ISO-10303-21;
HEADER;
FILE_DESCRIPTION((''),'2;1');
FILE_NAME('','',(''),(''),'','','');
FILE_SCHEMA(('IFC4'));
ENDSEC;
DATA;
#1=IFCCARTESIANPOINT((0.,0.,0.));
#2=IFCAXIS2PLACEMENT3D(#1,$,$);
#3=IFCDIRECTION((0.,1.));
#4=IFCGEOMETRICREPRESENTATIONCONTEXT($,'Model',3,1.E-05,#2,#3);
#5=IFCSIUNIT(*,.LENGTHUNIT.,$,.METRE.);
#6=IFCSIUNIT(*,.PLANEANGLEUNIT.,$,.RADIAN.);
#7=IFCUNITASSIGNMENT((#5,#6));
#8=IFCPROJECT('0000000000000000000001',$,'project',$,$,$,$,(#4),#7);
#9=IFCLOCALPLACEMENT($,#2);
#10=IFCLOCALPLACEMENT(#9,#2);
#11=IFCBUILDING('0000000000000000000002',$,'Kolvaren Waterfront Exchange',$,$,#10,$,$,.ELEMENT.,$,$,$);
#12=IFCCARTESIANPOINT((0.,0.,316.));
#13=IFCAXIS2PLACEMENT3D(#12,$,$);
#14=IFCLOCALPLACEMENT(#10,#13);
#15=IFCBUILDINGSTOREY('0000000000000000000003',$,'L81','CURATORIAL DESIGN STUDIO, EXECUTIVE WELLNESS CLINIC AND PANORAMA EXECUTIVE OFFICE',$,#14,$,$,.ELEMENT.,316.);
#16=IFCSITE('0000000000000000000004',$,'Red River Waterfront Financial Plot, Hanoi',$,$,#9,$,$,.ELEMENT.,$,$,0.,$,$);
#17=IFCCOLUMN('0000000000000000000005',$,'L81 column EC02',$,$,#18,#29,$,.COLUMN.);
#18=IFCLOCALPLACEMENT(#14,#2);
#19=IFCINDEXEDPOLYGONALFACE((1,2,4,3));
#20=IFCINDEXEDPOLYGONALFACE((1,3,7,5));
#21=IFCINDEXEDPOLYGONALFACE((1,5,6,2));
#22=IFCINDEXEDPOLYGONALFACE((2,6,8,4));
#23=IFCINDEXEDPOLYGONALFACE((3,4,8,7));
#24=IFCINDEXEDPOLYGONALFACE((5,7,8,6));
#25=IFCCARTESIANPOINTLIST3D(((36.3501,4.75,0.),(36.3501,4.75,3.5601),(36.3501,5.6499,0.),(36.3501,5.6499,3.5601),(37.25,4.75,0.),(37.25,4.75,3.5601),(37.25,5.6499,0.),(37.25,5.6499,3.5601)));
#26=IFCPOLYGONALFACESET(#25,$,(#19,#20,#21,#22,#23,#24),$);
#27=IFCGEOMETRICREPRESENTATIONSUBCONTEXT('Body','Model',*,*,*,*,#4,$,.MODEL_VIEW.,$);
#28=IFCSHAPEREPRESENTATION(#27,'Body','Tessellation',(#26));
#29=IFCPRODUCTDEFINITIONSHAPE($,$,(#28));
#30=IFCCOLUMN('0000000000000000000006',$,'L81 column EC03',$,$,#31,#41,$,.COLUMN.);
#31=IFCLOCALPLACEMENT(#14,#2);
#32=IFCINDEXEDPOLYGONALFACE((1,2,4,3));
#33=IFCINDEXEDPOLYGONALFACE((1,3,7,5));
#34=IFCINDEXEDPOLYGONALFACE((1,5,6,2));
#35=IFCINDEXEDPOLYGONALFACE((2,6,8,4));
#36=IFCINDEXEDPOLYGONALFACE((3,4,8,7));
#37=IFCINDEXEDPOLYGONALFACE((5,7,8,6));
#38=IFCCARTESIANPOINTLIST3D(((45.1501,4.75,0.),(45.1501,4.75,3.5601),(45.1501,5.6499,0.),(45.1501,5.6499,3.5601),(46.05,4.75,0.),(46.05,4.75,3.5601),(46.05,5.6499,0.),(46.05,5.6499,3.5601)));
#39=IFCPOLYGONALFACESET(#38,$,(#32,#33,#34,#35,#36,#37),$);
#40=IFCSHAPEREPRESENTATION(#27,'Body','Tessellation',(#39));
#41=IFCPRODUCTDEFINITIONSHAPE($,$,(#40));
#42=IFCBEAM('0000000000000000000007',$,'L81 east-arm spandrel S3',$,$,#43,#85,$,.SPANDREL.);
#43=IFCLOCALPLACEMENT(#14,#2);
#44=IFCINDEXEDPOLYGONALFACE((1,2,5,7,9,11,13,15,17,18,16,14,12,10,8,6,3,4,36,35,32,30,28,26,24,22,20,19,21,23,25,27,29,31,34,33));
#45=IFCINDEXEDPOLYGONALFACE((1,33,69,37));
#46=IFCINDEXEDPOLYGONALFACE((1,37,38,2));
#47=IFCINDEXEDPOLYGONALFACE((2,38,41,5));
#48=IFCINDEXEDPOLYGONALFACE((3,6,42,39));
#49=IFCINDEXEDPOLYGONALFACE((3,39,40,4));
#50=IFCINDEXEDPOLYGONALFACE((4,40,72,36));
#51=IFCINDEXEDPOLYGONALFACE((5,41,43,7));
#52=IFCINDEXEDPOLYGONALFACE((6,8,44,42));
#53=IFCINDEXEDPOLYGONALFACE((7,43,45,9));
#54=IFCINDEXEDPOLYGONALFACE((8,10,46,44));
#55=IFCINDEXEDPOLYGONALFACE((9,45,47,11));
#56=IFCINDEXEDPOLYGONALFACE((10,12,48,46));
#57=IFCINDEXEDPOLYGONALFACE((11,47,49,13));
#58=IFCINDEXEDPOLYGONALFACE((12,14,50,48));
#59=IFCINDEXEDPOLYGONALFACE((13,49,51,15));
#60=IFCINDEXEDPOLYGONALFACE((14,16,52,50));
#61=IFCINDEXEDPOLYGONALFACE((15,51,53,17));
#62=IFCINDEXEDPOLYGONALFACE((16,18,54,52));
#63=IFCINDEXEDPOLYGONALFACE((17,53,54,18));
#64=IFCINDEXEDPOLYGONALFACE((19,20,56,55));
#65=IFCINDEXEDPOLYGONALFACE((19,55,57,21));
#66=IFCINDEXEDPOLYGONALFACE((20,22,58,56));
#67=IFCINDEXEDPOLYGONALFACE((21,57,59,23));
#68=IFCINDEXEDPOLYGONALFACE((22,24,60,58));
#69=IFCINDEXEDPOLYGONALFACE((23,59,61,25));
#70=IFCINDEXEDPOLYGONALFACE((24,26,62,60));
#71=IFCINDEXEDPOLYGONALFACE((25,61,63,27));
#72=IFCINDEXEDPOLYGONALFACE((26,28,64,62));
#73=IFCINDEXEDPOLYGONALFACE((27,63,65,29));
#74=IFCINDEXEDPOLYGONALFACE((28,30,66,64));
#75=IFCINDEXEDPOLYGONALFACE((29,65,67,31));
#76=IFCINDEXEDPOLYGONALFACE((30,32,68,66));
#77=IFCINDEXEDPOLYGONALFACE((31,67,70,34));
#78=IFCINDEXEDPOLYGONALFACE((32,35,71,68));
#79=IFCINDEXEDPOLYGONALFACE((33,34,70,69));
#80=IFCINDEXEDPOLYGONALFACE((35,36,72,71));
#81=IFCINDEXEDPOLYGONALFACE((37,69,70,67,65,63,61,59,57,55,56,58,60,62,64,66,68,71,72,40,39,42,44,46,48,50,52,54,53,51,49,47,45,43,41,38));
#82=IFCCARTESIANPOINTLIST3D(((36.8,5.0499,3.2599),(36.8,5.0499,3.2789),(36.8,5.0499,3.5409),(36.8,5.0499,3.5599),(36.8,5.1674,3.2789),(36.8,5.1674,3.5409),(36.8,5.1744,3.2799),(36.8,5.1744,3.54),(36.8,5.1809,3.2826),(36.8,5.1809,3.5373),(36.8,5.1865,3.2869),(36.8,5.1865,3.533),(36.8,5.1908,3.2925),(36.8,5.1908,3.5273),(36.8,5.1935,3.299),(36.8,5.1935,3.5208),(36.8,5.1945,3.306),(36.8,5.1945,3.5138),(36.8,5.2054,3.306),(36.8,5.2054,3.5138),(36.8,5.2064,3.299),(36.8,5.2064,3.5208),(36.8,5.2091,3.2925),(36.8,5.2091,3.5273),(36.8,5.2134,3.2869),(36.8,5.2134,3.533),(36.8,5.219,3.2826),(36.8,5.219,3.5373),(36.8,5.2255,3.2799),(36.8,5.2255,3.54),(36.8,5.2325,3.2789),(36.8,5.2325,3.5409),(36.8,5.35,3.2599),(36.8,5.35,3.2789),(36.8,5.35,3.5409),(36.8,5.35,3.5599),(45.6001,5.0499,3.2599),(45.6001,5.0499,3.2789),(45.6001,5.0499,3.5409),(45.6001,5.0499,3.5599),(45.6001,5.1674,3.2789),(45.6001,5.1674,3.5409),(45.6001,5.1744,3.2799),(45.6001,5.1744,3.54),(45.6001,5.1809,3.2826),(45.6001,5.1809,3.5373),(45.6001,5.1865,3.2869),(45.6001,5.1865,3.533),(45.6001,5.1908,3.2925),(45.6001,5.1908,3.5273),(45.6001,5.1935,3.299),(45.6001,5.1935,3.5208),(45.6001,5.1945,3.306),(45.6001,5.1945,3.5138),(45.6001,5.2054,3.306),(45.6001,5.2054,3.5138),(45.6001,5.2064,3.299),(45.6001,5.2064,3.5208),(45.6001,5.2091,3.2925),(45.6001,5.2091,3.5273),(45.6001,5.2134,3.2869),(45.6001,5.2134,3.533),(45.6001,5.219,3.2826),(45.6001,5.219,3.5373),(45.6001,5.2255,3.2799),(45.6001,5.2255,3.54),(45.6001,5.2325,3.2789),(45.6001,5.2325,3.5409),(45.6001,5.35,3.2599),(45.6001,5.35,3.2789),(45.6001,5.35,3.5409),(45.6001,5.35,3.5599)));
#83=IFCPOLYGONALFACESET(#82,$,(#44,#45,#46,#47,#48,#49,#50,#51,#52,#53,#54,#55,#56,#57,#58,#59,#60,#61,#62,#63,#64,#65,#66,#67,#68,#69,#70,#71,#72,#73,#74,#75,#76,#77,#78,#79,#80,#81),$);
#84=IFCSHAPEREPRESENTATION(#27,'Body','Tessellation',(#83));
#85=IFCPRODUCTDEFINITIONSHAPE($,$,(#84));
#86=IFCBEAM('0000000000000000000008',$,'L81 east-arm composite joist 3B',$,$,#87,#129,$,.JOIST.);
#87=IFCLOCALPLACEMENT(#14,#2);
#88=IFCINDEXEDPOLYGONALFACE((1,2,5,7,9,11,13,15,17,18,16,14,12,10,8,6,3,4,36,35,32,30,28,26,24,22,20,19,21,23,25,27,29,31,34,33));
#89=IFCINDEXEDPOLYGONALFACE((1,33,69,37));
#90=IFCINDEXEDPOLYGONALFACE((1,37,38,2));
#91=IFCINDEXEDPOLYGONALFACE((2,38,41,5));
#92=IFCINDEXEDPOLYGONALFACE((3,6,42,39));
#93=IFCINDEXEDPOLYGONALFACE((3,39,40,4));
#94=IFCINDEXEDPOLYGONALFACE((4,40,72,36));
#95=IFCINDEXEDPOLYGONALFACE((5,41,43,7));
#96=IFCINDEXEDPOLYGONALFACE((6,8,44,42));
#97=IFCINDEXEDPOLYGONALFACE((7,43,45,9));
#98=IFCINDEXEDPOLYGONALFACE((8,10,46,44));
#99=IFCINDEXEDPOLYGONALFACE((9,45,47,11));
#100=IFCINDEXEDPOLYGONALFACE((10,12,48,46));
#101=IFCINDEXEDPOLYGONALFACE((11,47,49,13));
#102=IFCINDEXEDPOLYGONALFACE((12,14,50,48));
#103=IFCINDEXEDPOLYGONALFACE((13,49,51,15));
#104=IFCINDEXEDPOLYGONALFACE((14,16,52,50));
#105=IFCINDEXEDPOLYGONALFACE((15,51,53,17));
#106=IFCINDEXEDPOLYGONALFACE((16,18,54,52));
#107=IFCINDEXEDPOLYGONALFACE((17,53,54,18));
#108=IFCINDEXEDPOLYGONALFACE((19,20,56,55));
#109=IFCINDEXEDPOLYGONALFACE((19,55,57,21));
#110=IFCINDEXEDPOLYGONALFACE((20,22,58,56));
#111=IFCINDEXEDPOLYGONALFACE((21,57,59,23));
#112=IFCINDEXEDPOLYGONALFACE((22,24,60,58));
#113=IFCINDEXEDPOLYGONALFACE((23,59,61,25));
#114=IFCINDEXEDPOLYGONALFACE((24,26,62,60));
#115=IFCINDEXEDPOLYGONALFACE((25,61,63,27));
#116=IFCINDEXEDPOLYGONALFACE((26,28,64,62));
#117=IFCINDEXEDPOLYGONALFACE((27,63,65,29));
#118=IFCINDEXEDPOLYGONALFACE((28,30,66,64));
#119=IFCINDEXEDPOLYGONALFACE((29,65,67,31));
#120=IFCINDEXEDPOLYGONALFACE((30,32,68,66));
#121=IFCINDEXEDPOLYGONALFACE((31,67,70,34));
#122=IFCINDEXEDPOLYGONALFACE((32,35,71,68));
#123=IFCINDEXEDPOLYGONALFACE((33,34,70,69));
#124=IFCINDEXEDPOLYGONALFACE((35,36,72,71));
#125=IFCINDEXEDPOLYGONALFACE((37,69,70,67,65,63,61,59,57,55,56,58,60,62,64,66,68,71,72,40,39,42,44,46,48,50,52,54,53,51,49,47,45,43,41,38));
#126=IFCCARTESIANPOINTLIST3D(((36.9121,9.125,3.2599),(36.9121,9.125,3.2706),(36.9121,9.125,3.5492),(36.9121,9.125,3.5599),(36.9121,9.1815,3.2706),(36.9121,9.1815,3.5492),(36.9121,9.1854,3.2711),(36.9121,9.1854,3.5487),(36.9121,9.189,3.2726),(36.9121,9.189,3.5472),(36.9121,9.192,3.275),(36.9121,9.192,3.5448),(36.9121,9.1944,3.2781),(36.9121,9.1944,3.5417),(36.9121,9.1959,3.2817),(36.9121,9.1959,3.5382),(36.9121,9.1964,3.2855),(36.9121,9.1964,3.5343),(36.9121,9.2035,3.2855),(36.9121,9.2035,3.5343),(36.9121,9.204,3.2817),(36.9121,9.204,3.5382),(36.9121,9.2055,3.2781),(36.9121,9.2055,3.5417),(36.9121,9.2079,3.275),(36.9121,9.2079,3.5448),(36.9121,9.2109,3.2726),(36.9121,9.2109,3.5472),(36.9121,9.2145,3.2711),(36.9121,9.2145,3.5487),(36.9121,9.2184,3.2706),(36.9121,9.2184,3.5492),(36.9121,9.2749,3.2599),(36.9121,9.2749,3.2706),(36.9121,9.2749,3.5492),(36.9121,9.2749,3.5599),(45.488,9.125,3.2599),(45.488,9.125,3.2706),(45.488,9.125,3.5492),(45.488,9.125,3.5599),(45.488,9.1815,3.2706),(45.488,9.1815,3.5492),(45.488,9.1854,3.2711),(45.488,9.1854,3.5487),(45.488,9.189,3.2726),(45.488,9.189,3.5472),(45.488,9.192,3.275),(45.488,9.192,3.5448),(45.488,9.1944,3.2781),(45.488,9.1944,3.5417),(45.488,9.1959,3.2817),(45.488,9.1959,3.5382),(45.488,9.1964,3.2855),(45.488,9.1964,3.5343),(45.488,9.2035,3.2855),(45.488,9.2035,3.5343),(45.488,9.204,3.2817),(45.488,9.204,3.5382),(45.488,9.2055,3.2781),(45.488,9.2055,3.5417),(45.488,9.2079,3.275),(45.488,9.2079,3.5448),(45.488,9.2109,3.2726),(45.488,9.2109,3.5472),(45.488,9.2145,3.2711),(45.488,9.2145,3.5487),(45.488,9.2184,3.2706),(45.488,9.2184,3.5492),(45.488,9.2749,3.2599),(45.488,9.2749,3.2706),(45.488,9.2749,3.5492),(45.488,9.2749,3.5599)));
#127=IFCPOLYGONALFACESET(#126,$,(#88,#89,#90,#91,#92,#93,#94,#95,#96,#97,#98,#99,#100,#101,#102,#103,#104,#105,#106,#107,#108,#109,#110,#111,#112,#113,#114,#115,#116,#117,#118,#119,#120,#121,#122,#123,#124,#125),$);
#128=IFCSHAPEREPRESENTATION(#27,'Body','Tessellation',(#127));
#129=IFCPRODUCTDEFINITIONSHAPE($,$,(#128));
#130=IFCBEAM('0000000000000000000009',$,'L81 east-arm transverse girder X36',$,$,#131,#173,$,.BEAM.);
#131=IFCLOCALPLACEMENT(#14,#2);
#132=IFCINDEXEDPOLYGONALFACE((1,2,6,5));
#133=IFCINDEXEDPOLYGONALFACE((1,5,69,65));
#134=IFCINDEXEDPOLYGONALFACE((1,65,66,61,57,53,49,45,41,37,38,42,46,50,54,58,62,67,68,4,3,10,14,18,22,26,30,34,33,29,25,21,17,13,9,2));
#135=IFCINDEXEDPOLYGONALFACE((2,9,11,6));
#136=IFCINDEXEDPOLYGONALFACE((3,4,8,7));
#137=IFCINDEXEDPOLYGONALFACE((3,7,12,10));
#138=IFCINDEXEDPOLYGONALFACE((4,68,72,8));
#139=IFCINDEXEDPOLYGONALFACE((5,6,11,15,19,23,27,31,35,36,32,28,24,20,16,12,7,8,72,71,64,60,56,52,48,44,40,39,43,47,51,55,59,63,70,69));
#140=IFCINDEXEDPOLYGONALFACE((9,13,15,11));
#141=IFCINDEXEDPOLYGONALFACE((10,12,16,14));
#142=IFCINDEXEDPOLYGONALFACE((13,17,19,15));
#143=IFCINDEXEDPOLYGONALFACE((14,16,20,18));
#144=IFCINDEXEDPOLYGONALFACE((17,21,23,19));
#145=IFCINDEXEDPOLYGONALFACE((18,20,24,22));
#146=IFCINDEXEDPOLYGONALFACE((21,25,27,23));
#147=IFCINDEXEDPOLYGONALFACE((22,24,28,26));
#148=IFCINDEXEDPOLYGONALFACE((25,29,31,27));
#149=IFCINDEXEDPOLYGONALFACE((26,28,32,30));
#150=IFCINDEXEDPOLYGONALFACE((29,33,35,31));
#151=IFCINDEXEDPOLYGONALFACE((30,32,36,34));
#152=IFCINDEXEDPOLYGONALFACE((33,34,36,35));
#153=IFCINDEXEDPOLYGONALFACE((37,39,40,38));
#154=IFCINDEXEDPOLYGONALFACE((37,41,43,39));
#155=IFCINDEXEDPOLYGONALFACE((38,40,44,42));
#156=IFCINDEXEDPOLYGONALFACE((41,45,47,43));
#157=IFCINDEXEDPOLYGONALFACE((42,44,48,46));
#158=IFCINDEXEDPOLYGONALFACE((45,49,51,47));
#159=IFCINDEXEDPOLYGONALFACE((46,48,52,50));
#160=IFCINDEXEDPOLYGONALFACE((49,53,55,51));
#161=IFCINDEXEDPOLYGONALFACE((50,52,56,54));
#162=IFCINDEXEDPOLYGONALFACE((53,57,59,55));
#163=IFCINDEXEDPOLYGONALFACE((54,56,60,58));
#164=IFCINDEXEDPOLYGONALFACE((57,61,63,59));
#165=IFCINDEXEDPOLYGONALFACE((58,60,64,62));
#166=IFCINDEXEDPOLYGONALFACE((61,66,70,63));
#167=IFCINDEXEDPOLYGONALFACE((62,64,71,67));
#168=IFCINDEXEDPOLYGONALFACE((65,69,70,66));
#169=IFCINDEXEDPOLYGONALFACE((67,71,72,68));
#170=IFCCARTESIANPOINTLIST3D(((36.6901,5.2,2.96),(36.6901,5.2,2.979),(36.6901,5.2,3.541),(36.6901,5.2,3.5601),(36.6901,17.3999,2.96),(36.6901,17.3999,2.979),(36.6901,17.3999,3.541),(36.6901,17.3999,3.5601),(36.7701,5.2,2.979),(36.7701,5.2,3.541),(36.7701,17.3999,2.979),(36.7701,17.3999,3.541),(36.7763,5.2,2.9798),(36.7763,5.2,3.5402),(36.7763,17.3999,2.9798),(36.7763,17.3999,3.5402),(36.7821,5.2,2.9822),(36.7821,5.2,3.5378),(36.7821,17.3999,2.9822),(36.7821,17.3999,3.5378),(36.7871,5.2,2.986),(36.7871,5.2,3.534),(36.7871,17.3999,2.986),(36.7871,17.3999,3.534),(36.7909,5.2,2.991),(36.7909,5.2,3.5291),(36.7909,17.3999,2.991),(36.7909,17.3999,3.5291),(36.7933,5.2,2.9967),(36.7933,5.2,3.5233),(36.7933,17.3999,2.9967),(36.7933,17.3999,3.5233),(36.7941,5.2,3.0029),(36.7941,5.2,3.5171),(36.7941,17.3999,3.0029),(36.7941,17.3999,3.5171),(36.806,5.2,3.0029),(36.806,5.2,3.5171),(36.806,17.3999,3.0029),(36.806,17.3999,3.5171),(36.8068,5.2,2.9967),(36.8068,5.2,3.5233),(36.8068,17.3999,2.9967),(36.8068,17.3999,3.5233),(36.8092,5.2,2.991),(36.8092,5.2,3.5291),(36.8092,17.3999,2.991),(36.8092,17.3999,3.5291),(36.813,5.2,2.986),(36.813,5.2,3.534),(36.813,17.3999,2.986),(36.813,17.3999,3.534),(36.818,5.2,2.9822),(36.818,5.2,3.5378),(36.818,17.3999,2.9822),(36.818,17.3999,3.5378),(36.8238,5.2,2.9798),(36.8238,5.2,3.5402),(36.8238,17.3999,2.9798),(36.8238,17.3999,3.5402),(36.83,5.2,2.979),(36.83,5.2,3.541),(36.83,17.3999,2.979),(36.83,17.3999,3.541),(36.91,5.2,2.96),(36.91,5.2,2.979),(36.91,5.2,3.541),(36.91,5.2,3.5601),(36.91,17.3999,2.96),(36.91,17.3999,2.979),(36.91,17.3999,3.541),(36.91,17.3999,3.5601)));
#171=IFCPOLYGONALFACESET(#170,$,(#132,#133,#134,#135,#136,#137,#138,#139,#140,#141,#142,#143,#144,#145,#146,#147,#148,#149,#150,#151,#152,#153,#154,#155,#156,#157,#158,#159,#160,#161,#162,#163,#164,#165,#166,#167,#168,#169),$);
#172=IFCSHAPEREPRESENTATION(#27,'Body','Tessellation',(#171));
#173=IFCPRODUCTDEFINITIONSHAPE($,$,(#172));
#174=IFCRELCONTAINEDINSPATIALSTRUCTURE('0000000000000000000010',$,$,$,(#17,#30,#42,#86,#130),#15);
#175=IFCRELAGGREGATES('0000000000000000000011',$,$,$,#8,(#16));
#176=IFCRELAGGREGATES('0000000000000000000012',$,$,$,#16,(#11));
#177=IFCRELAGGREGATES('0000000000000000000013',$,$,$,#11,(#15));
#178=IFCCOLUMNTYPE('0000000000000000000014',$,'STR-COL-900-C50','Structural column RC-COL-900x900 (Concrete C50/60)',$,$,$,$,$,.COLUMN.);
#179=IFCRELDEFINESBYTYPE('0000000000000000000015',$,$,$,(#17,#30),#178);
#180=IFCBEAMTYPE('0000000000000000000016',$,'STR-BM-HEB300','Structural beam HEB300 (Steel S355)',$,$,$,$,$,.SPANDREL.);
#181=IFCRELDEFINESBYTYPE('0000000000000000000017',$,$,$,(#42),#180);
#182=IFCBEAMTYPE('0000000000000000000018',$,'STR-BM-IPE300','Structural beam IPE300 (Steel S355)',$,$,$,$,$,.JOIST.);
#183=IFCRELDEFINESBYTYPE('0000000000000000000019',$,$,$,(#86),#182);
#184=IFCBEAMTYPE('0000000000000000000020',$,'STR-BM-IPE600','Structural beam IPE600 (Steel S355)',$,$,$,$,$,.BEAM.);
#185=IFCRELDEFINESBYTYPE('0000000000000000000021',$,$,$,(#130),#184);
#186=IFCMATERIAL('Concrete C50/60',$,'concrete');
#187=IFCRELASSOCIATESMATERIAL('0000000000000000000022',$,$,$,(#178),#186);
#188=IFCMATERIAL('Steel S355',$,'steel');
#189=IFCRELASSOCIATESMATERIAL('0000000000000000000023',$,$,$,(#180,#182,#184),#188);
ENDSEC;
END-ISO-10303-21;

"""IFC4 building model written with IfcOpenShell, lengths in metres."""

from ifc_helpers import new_model, si_unit, direction, frame, origin, origin_2d, place, context, subcontext, project, spatial, rectangle, i_section, extrude, material, material_profile, profile_set, type_object, element, save


model = new_model("IFC4")

# Units and contexts
model_context = context("Model", 3, precision=1e-05, world=origin(), true_north=direction((0.0, 1.0)))
body_context = subcontext(model_context, "Body", "Model", "MODEL_VIEW")
ifc_project = project(units=[si_unit("LENGTHUNIT", "METRE"), si_unit("PLANEANGLEUNIT", "RADIAN")], contexts=[model_context])

# Site, building, storey
site_placement = place(None, origin())
site = spatial("IfcSite", under=ifc_project, at=site_placement, Name="Red River Waterfront Financial Plot, Hanoi", CompositionType="ELEMENT", RefElevation=0.0)
building_placement = place(site_placement, origin())
building = spatial("IfcBuilding", under=site, at=building_placement, Name="Kolvaren Waterfront Exchange", CompositionType="ELEMENT")
storey_placement = place(building_placement, frame((0.0, 0.0, 316.0)))
storey = spatial("IfcBuildingStorey", under=building, at=storey_placement, Name="L81", Description="CURATORIAL DESIGN STUDIO, EXECUTIVE WELLNESS CLINIC AND PANORAMA EXECUTIVE OFFICE", CompositionType="ELEMENT", Elevation=316.0)

# Columns
ifc_material_1 = material(Name="Concrete C50/60", Category="concrete")
ifc_material_profile_1 = material_profile(ifc_material_1, rectangle(XDim=0.8999, YDim=0.8999, at=origin_2d()), Name="RC-COL-900x900")
ifc_profile_set_1 = profile_set([ifc_material_profile_1], Name="Concrete C50/60")
column_type = type_object("IfcColumnType", Name="STR-COL-900-C50", Description="Structural column RC-COL-900x900 (Concrete C50/60)", PredefinedType="COLUMN", material=ifc_profile_set_1)
for number, where, z_axis, x_axis, name in (
    (1, (36.8, 5.2, 0.0), (0.0, 0.0, 1.0), (1.0, 0.0, 0.0), "L81 column EC02"),
    (2, (45.6001, 5.2, 0.0), (0.0, 0.0, 1.0), (1.0, 0.0, 0.0), "L81 column EC03"),
):
    element("IfcColumn", number, at=place(storey_placement, frame(where, z_axis=z_axis, x_axis=x_axis)), inside=storey, type_object=column_type, Name=name, PredefinedType="COLUMN", context=body_context, shape_type="SweptSolid", body=[
        extrude(rectangle(XDim=0.8999, YDim=0.8999, at=origin_2d()), origin(), (0.0, 0.0, 1.0), 3.5601),
    ])

# Beams
ifc_material_2 = material(Name="Steel S355", Category="steel")
ifc_material_profile_2 = material_profile(ifc_material_2, i_section(OverallWidth=0.3, OverallDepth=0.3, WebThickness=0.011, FlangeThickness=0.019, FilletRadius=0.0271, at=origin_2d()), Name="HEB300")
ifc_profile_set_2 = profile_set([ifc_material_profile_2], Name="Steel S355")
beam_type_1 = type_object("IfcBeamType", Name="STR-BM-HEB300", Description="Structural beam HEB300 (Steel S355)", PredefinedType="SPANDREL", material=ifc_profile_set_2)
beam_1_placement = place(storey_placement, frame((36.8, 5.2, 3.4099), z_axis=(1.0, 0.0, 0.0), x_axis=(0.0, 1.0, 0.0)))
element("IfcBeam", 3, at=beam_1_placement, inside=storey, type_object=beam_type_1, Name="L81 east-arm spandrel S3", PredefinedType="SPANDREL", context=body_context, shape_type="SweptSolid", body=[
    extrude(i_section(OverallWidth=0.3, OverallDepth=0.3, WebThickness=0.011, FlangeThickness=0.019, FilletRadius=0.0271, at=origin_2d()), origin(), (0.0, 0.0, 1.0), 8.8),
])
ifc_material_profile_3 = material_profile(ifc_material_2, i_section(OverallWidth=0.1499, OverallDepth=0.3, WebThickness=0.0071, FlangeThickness=0.0107, FilletRadius=0.0149, at=origin_2d()), Name="IPE300")
ifc_profile_set_3 = profile_set([ifc_material_profile_3], Name="Steel S355")
beam_type_2 = type_object("IfcBeamType", Name="STR-BM-IPE300", Description="Structural beam IPE300 (Steel S355)", PredefinedType="JOIST", material=ifc_profile_set_3)
beam_2_placement = place(storey_placement, frame((36.9121, 9.2, 3.4099), z_axis=(1.0, 0.0, 0.0), x_axis=(0.0, 1.0, 0.0)))
element("IfcBeam", 4, at=beam_2_placement, inside=storey, type_object=beam_type_2, Name="L81 east-arm composite joist 3B", PredefinedType="JOIST", context=body_context, shape_type="SweptSolid", body=[
    extrude(i_section(OverallWidth=0.1499, OverallDepth=0.3, WebThickness=0.0071, FlangeThickness=0.0107, FilletRadius=0.0149, at=origin_2d()), origin(), (0.0, 0.0, 1.0), 8.5759),
])
ifc_material_profile_4 = material_profile(ifc_material_2, i_section(OverallWidth=0.22, OverallDepth=0.6001, WebThickness=0.012, FlangeThickness=0.019, FilletRadius=0.0239, at=origin_2d()), Name="IPE600")
ifc_profile_set_4 = profile_set([ifc_material_profile_4], Name="Steel S355")
beam_type_3 = type_object("IfcBeamType", Name="STR-BM-IPE600", Description="Structural beam IPE600 (Steel S355)", PredefinedType="BEAM", material=ifc_profile_set_4)
for number, where, z_axis, x_axis, name in (
    (5, (36.8, 5.2, 3.26), (0.0, 1.0, 0.0), (-1.0, 0.0, 0.0), "L81 east-arm transverse girder X36"),
):
    element("IfcBeam", number, at=place(storey_placement, frame(where, z_axis=z_axis, x_axis=x_axis)), inside=storey, type_object=beam_type_3, Name=name, PredefinedType="BEAM", context=body_context, shape_type="SweptSolid", body=[
        extrude(i_section(OverallWidth=0.22, OverallDepth=0.6001, WebThickness=0.012, FlangeThickness=0.019, FilletRadius=0.0239, at=origin_2d()), origin(), (0.0, 0.0, 1.0), 12.2),
    ])

save(model, "model.ifc")
